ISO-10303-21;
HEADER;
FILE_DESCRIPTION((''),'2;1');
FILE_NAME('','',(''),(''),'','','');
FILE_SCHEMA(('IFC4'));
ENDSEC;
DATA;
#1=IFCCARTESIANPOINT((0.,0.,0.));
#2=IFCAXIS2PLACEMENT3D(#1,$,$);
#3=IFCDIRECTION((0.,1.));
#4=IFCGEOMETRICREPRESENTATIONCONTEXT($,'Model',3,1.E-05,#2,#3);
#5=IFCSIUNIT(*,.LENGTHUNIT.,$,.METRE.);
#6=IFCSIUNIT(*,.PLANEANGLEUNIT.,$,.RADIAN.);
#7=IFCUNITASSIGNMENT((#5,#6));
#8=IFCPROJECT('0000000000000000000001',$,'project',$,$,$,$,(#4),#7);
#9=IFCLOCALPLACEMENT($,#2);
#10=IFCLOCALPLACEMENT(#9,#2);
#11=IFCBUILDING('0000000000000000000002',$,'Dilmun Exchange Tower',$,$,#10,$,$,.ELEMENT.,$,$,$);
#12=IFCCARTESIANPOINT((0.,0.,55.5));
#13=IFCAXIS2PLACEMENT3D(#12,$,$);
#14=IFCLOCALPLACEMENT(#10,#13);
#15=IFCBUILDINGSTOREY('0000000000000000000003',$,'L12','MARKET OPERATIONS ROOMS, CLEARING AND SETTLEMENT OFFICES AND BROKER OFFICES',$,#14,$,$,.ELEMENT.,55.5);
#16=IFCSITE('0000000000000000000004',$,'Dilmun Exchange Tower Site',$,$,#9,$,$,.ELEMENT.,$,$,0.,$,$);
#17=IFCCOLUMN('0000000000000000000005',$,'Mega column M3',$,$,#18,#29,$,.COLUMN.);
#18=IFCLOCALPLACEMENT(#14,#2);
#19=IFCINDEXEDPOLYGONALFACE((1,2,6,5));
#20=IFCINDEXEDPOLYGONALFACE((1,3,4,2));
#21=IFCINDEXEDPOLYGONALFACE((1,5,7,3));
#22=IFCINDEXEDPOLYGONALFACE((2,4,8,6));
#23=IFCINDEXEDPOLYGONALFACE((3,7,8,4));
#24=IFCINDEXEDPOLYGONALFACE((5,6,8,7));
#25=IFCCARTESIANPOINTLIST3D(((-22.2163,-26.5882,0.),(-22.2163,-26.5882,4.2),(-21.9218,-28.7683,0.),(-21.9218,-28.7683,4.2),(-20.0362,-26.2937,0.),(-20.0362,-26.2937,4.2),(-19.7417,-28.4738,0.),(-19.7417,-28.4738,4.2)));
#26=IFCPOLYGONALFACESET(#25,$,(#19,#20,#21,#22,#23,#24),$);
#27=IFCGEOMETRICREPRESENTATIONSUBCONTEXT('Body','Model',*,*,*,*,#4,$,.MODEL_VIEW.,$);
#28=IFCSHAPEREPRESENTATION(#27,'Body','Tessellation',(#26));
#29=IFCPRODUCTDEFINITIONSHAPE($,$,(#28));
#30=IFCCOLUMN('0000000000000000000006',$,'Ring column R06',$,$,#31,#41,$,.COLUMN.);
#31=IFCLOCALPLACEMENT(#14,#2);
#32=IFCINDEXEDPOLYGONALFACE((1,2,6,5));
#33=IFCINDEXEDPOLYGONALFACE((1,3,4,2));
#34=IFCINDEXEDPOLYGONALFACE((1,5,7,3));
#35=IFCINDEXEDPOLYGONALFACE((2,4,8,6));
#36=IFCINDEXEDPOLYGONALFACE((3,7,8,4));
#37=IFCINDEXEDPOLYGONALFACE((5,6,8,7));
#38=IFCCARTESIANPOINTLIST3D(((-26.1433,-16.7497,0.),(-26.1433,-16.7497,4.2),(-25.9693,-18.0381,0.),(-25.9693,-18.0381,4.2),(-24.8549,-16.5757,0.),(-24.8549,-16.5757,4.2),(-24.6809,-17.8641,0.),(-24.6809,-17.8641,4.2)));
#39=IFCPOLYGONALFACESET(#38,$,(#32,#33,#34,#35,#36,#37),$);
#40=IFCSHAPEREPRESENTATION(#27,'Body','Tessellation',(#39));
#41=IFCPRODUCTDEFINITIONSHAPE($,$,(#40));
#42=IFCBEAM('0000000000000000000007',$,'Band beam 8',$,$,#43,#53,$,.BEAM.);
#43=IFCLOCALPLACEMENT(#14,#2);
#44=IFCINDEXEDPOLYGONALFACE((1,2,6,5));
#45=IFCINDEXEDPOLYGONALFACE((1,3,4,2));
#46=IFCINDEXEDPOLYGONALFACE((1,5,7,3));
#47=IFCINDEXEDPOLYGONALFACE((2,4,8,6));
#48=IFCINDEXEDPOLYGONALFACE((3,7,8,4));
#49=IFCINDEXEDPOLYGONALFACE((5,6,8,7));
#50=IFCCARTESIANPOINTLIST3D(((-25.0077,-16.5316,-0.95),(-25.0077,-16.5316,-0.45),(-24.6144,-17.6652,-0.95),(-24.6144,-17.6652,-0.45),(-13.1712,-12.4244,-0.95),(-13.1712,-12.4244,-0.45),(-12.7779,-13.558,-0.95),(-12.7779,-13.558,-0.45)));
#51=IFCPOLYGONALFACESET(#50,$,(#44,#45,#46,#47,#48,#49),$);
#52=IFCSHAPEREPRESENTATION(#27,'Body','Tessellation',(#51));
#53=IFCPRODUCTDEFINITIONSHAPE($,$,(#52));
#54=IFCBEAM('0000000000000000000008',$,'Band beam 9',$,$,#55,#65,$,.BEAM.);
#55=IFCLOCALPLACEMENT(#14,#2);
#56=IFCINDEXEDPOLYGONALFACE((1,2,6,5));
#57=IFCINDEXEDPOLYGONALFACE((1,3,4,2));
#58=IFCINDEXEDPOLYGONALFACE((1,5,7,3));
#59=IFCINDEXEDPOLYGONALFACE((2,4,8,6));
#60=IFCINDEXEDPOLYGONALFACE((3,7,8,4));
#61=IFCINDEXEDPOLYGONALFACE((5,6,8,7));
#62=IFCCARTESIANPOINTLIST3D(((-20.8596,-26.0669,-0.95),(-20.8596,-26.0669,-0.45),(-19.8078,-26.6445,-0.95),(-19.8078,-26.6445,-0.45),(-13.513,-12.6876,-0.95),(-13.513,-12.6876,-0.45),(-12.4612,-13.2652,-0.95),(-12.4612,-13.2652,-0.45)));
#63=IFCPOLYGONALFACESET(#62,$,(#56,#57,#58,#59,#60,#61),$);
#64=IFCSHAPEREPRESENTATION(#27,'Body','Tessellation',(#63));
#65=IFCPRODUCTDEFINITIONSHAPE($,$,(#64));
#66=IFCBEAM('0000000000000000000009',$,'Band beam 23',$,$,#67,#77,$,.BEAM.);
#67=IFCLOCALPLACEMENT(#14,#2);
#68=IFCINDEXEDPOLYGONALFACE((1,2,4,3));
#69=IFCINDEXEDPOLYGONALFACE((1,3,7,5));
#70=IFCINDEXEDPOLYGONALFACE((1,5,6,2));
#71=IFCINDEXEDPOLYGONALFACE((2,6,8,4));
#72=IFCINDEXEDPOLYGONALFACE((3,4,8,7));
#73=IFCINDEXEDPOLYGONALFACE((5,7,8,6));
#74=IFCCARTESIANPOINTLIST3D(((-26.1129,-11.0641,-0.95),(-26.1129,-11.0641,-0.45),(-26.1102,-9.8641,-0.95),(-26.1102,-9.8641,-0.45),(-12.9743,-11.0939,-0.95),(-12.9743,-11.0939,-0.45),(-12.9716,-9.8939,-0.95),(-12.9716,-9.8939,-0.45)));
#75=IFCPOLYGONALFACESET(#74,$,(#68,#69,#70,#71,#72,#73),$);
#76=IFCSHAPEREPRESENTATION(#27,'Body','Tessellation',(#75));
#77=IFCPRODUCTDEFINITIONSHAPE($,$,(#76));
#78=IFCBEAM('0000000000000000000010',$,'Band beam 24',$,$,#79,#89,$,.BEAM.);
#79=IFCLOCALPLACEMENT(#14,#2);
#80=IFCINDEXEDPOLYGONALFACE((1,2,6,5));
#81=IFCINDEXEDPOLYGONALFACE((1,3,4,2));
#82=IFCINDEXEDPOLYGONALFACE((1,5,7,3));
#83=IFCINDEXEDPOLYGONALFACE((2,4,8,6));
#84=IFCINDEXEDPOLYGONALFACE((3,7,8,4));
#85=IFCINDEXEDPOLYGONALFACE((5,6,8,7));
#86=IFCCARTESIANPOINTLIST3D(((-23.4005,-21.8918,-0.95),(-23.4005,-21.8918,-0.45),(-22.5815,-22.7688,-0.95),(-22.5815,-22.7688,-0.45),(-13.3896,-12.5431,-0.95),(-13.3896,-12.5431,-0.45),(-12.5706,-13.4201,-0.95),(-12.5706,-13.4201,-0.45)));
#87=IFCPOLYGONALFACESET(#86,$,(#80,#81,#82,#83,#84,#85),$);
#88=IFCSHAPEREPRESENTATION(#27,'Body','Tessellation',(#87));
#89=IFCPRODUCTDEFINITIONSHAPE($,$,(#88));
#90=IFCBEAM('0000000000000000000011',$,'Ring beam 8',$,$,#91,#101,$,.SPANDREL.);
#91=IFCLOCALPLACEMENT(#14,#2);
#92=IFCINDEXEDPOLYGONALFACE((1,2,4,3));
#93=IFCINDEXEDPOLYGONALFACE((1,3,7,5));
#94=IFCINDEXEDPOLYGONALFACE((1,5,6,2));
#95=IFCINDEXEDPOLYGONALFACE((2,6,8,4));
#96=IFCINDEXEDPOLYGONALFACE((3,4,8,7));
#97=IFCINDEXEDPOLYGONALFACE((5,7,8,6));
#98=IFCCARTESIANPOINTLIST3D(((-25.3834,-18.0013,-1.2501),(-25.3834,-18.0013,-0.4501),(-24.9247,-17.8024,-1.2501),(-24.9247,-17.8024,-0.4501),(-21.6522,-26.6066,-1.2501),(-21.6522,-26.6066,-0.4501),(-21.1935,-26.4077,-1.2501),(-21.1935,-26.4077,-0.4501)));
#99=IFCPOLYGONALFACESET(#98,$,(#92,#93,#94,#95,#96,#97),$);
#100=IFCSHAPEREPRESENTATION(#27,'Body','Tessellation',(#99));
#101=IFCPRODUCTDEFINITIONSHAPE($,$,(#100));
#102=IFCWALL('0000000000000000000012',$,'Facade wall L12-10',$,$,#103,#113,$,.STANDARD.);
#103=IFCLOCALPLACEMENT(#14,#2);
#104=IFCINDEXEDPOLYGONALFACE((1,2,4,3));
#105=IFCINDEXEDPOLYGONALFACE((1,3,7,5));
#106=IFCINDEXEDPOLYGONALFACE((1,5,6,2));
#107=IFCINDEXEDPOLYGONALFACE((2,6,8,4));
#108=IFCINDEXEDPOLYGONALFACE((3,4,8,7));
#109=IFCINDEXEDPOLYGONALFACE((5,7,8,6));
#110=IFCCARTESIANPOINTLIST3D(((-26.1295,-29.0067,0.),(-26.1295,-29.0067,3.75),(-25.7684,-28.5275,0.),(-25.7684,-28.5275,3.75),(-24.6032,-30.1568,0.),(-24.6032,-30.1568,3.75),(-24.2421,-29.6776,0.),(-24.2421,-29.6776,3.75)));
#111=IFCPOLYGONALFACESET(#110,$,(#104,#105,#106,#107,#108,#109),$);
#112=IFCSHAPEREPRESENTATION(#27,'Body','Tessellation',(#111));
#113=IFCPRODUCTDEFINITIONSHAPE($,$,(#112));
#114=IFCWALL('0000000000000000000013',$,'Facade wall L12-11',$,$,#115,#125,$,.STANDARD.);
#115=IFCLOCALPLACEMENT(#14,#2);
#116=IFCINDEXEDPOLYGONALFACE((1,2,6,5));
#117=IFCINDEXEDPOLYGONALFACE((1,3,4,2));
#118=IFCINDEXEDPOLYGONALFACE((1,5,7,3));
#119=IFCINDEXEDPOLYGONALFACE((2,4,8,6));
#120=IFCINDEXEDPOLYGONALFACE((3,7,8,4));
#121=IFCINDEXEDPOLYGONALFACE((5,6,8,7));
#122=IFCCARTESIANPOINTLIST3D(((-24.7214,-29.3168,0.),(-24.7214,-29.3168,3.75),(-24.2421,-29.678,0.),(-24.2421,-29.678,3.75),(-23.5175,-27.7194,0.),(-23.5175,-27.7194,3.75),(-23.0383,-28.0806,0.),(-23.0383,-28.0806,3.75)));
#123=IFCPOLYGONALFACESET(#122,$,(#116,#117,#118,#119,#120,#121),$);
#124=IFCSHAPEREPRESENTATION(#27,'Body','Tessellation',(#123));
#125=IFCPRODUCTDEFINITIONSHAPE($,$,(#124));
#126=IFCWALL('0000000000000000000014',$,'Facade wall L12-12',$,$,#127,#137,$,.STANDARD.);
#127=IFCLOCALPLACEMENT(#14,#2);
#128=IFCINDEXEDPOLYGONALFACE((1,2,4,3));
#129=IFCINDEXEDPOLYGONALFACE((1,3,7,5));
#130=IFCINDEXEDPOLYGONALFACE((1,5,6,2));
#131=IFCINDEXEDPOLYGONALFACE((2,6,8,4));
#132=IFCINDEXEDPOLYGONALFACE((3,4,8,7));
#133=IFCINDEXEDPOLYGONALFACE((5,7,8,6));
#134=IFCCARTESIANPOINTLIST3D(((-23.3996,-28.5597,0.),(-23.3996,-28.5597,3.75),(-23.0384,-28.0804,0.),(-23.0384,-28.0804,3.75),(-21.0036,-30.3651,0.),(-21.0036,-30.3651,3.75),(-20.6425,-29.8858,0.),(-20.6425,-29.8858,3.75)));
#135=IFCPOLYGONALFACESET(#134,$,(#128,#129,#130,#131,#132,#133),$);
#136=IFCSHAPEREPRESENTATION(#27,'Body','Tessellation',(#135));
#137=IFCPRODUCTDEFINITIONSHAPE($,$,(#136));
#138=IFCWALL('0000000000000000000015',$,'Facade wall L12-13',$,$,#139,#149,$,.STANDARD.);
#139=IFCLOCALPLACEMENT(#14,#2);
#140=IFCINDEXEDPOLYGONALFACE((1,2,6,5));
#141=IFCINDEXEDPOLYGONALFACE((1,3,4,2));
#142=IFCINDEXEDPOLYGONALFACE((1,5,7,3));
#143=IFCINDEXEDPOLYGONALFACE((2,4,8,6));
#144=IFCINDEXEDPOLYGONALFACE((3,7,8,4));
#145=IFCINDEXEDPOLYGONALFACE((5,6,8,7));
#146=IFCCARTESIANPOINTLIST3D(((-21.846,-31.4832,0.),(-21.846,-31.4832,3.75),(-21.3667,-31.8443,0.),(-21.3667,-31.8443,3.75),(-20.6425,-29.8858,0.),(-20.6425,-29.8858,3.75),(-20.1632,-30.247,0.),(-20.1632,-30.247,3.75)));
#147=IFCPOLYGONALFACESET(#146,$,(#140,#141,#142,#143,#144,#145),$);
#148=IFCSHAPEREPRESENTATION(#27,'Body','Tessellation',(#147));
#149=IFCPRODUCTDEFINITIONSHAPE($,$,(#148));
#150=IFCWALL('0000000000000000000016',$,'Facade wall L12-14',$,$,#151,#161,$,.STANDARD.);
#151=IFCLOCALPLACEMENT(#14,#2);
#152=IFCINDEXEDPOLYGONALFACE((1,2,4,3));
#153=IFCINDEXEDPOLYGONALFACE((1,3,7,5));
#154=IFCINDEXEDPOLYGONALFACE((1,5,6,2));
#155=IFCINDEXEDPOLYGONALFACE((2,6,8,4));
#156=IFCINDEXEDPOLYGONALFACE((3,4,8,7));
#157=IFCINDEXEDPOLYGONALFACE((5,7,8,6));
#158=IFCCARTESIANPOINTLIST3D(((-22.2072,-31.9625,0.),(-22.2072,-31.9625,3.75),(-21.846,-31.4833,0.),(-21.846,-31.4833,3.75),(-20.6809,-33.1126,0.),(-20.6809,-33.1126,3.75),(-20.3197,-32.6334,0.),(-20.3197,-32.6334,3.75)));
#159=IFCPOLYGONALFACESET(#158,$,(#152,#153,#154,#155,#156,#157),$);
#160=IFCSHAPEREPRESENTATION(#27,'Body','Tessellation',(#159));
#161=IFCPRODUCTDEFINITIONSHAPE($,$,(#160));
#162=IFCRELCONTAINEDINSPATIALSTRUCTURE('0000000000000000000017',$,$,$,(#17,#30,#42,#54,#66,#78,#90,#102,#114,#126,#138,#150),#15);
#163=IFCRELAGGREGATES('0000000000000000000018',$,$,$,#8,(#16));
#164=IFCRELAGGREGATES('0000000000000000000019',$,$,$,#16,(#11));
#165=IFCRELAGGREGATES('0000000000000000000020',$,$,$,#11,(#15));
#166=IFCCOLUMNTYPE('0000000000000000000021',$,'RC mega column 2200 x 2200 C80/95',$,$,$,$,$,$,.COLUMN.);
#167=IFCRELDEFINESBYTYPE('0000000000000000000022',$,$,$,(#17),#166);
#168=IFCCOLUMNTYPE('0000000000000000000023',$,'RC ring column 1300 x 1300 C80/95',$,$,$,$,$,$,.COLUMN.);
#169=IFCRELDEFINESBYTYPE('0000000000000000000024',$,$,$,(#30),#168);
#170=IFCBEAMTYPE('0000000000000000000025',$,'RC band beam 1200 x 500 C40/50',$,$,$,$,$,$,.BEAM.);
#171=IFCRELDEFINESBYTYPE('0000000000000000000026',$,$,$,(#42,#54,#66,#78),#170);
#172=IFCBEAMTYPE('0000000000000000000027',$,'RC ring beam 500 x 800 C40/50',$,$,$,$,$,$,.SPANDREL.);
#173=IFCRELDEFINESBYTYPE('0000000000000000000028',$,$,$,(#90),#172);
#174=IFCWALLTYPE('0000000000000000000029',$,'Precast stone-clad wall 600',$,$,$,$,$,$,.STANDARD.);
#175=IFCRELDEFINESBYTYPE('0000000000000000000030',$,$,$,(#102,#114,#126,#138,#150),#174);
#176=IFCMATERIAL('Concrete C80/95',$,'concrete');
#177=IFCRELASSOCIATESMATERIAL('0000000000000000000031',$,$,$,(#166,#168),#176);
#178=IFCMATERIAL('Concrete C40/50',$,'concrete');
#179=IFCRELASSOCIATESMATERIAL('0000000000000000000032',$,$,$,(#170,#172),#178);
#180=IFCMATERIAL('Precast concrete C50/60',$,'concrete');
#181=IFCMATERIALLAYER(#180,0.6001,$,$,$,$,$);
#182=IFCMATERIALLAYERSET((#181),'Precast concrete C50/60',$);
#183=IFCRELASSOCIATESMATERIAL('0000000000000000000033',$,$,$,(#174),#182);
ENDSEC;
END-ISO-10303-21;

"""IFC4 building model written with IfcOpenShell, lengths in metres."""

from ifc_helpers import new_model, si_unit, direction, frame, frame_2d, origin, origin_2d, place, context, subcontext, project, spatial, rectangle, extrude, material, layer, layer_set, material_profile, profile_set, type_object, element, save


model = new_model("IFC4")

# Units and contexts
model_context = context("Model", 3, precision=1e-05, world=origin(), true_north=direction((0.0, 1.0)))
body_context = subcontext(model_context, "Body", "Model", "MODEL_VIEW")
ifc_project = project(units=[si_unit("LENGTHUNIT", "METRE"), si_unit("PLANEANGLEUNIT", "RADIAN")], contexts=[model_context])

# Site, building, storey
site_placement = place(None, origin())
site = spatial("IfcSite", under=ifc_project, at=site_placement, Name="Dilmun Exchange Tower Site", CompositionType="ELEMENT", RefElevation=0.0)
building_placement = place(site_placement, origin())
building = spatial("IfcBuilding", under=site, at=building_placement, Name="Dilmun Exchange Tower", CompositionType="ELEMENT")
storey_placement = place(building_placement, frame((0.0, 0.0, 55.5)))
storey = spatial("IfcBuildingStorey", under=building, at=storey_placement, Name="L12", Description="MARKET OPERATIONS ROOMS, CLEARING AND SETTLEMENT OFFICES AND BROKER OFFICES", CompositionType="ELEMENT", Elevation=55.5)

# Columns
ifc_material_1 = material(Name="Concrete C80/95", Category="concrete")
ifc_material_profile_1 = material_profile(ifc_material_1, rectangle(XDim=2.2, YDim=2.2, at=origin_2d()), Name="2200 x 2200")
ifc_profile_set_1 = profile_set([ifc_material_profile_1], Name="Concrete C80/95")
column_type_1 = type_object("IfcColumnType", Name="RC mega column 2200 x 2200 C80/95", PredefinedType="COLUMN", material=ifc_profile_set_1)
column_1_placement = place(storey_placement, frame((-20.979, -27.531, 0.0), z_axis=(0.0, 0.0, 1.0), x_axis=(0.991001, 0.133853, 0.0)))
element("IfcColumn", 1, at=column_1_placement, inside=storey, type_object=column_type_1, Name="Mega column M3", PredefinedType="COLUMN", context=body_context, shape_type="SweptSolid", body=[
    extrude(rectangle(XDim=2.2, YDim=2.2, at=origin_2d()), origin(), (0.0, 0.0, 1.0), 4.2),
])
ifc_material_profile_2 = material_profile(ifc_material_1, rectangle(XDim=1.3, YDim=1.3, at=origin_2d()), Name="1300 x 1300")
ifc_profile_set_2 = profile_set([ifc_material_profile_2], Name="Concrete C80/95")
column_type_2 = type_object("IfcColumnType", Name="RC ring column 1300 x 1300 C80/95", PredefinedType="COLUMN", material=ifc_profile_set_2)
column_2_placement = place(storey_placement, frame((-25.4121, -17.3069, 0.0), z_axis=(0.0, 0.0, 1.0), x_axis=(0.991001, 0.133853, 0.0)))
element("IfcColumn", 2, at=column_2_placement, inside=storey, type_object=column_type_2, Name="Ring column R06", PredefinedType="COLUMN", context=body_context, shape_type="SweptSolid", body=[
    extrude(rectangle(XDim=1.3, YDim=1.3, at=origin_2d()), origin(), (0.0, 0.0, 1.0), 4.2),
])

# Beams
ifc_material_2 = material(Name="Concrete C40/50", Category="concrete")
ifc_material_profile_3 = material_profile(ifc_material_2, rectangle(XDim=1.2, YDim=0.5, at=origin_2d()), Name="1200 x 500")
ifc_profile_set_3 = profile_set([ifc_material_profile_3], Name="Concrete C40/50")
beam_type_1 = type_object("IfcBeamType", Name="RC band beam 1200 x 500 C40/50", PredefinedType="BEAM", material=ifc_profile_set_3)
beam_1_placement = place(storey_placement, frame((-24.811, -17.0984, -0.7), z_axis=(0.94474, 0.32782, 0.0), x_axis=(-0.32782, 0.94474, 0.0)))
element("IfcBeam", 3, at=beam_1_placement, inside=storey, type_object=beam_type_1, Name="Band beam 8", PredefinedType="BEAM", context=body_context, shape_type="SweptSolid", body=[
    extrude(rectangle(XDim=1.2, YDim=0.5, at=origin_2d()), origin(), (0.0, 0.0, 1.0), 12.5288),
])
beam_2_placement = place(storey_placement, frame((-20.3337, -26.3557, -0.7), z_axis=(0.481316, 0.876547, 0.0), x_axis=(-0.876547, 0.481316, 0.0)))
element("IfcBeam", 4, at=beam_2_placement, inside=storey, type_object=beam_type_1, Name="Band beam 9", PredefinedType="BEAM", context=body_context, shape_type="SweptSolid", body=[
    extrude(rectangle(XDim=1.2, YDim=0.5, at=origin_2d()), origin(), (0.0, 0.0, 1.0), 15.2637),
])
beam_3_placement = place(storey_placement, frame((-26.1116, -10.4641, -0.7), z_axis=(0.999997, -0.002267, 0.0), x_axis=(0.002267, 0.999997, 0.0)))
element("IfcBeam", 5, at=beam_3_placement, inside=storey, type_object=beam_type_1, Name="Band beam 23", PredefinedType="BEAM", context=body_context, shape_type="SweptSolid", body=[
    extrude(rectangle(XDim=1.2, YDim=0.5, at=origin_2d()), origin(), (0.0, 0.0, 1.0), 13.1387),
])
beam_4_placement = place(storey_placement, frame((-22.991, -22.3303, -0.7), z_axis=(0.730863, 0.682524, 0.0), x_axis=(-0.682524, 0.730863, 0.0)))
element("IfcBeam", 6, at=beam_4_placement, inside=storey, type_object=beam_type_1, Name="Band beam 24", PredefinedType="BEAM", context=body_context, shape_type="SweptSolid", body=[
    extrude(rectangle(XDim=1.2, YDim=0.5, at=origin_2d()), origin(), (0.0, 0.0, 1.0), 13.6973),
])
ifc_material_profile_4 = material_profile(ifc_material_2, rectangle(XDim=0.5, YDim=0.8, at=origin_2d()), Name="500 x 800")
ifc_profile_set_4 = profile_set([ifc_material_profile_4], Name="Concrete C40/50")
beam_type_2 = type_object("IfcBeamType", Name="RC ring beam 500 x 800 C40/50", PredefinedType="SPANDREL", material=ifc_profile_set_4)
beam_5_placement = place(storey_placement, frame((-25.1541, -17.9019, -0.8501), z_axis=(0.397811, -0.917467, 0.0), x_axis=(0.917467, 0.397811, 0.0)))
element("IfcBeam", 7, at=beam_5_placement, inside=storey, type_object=beam_type_2, Name="Ring beam 8", PredefinedType="SPANDREL", context=body_context, shape_type="SweptSolid", body=[
    extrude(rectangle(XDim=0.5, YDim=0.8, at=origin_2d()), origin(), (0.0, 0.0, 1.0), 9.3794),
])

# Walls
ifc_material_3 = material(Name="Precast concrete C50/60", Category="concrete")
ifc_layer = layer(ifc_material_3, 0.6001)
ifc_layer_set = layer_set([ifc_layer], Name="Precast concrete C50/60")
wall_type = type_object("IfcWallType", Name="Precast stone-clad wall 600", PredefinedType="STANDARD", material=ifc_layer_set)
wall_1_placement = place(storey_placement, frame((-25.949, -28.7671, 0.0), z_axis=(0.0, 0.0, 1.0), x_axis=(0.798649, -0.601797, 0.0)))
element("IfcWall", 8, at=wall_1_placement, inside=storey, type_object=wall_type, Name="Facade wall L12-10", PredefinedType="STANDARD", context=body_context, shape_type="SweptSolid", body=[
    extrude(rectangle(XDim=1.9111, YDim=0.6001, at=frame_2d((0.9556, 0.0))), origin(), (0.0, 0.0, 1.0), 3.75),
])
wall_2_placement = place(storey_placement, frame((-24.4817, -29.4973, 0.0), z_axis=(0.0, 0.0, 1.0), x_axis=(0.601854, 0.798606, 0.0)))
element("IfcWall", 9, at=wall_2_placement, inside=storey, type_object=wall_type, Name="Facade wall L12-11", PredefinedType="STANDARD", context=body_context, shape_type="SweptSolid", body=[
    extrude(rectangle(XDim=2.0002, YDim=0.6001, at=frame_2d((1.0, 0.0))), origin(), (0.0, 0.0, 1.0), 3.75),
])
wall_3_placement = place(storey_placement, frame((-23.219, -28.3201, 0.0), z_axis=(0.0, 0.0, 1.0), x_axis=(0.79865, -0.601795, 0.0)))
element("IfcWall", 10, at=wall_3_placement, inside=storey, type_object=wall_type, Name="Facade wall L12-12", PredefinedType="STANDARD", context=body_context, shape_type="SweptSolid", body=[
    extrude(rectangle(XDim=3.0, YDim=0.6001, at=frame_2d((1.5, 0.0))), origin(), (0.0, 0.0, 1.0), 3.75),
])
wall_4_placement = place(storey_placement, frame((-20.4028, -30.0664, 0.0), z_axis=(0.0, 0.0, 1.0), x_axis=(-0.601776, -0.798665, 0.0)))
element("IfcWall", 11, at=wall_4_placement, inside=storey, type_object=wall_type, Name="Facade wall L12-13", PredefinedType="STANDARD", context=body_context, shape_type="SweptSolid", body=[
    extrude(rectangle(XDim=2.0, YDim=0.6001, at=frame_2d((1.0, 0.0))), origin(), (0.0, 0.0, 1.0), 3.75),
])
wall_5_placement = place(storey_placement, frame((-22.0266, -31.7229, 0.0), z_axis=(0.0, 0.0, 1.0), x_axis=(0.798649, -0.601797, 0.0)))
element("IfcWall", 12, at=wall_5_placement, inside=storey, type_object=wall_type, Name="Facade wall L12-14", PredefinedType="STANDARD", context=body_context, shape_type="SweptSolid", body=[
    extrude(rectangle(XDim=1.9111, YDim=0.6001, at=frame_2d((0.9556, 0.0))), origin(), (0.0, 0.0, 1.0), 3.75),
])

save(model, "model.ifc")
